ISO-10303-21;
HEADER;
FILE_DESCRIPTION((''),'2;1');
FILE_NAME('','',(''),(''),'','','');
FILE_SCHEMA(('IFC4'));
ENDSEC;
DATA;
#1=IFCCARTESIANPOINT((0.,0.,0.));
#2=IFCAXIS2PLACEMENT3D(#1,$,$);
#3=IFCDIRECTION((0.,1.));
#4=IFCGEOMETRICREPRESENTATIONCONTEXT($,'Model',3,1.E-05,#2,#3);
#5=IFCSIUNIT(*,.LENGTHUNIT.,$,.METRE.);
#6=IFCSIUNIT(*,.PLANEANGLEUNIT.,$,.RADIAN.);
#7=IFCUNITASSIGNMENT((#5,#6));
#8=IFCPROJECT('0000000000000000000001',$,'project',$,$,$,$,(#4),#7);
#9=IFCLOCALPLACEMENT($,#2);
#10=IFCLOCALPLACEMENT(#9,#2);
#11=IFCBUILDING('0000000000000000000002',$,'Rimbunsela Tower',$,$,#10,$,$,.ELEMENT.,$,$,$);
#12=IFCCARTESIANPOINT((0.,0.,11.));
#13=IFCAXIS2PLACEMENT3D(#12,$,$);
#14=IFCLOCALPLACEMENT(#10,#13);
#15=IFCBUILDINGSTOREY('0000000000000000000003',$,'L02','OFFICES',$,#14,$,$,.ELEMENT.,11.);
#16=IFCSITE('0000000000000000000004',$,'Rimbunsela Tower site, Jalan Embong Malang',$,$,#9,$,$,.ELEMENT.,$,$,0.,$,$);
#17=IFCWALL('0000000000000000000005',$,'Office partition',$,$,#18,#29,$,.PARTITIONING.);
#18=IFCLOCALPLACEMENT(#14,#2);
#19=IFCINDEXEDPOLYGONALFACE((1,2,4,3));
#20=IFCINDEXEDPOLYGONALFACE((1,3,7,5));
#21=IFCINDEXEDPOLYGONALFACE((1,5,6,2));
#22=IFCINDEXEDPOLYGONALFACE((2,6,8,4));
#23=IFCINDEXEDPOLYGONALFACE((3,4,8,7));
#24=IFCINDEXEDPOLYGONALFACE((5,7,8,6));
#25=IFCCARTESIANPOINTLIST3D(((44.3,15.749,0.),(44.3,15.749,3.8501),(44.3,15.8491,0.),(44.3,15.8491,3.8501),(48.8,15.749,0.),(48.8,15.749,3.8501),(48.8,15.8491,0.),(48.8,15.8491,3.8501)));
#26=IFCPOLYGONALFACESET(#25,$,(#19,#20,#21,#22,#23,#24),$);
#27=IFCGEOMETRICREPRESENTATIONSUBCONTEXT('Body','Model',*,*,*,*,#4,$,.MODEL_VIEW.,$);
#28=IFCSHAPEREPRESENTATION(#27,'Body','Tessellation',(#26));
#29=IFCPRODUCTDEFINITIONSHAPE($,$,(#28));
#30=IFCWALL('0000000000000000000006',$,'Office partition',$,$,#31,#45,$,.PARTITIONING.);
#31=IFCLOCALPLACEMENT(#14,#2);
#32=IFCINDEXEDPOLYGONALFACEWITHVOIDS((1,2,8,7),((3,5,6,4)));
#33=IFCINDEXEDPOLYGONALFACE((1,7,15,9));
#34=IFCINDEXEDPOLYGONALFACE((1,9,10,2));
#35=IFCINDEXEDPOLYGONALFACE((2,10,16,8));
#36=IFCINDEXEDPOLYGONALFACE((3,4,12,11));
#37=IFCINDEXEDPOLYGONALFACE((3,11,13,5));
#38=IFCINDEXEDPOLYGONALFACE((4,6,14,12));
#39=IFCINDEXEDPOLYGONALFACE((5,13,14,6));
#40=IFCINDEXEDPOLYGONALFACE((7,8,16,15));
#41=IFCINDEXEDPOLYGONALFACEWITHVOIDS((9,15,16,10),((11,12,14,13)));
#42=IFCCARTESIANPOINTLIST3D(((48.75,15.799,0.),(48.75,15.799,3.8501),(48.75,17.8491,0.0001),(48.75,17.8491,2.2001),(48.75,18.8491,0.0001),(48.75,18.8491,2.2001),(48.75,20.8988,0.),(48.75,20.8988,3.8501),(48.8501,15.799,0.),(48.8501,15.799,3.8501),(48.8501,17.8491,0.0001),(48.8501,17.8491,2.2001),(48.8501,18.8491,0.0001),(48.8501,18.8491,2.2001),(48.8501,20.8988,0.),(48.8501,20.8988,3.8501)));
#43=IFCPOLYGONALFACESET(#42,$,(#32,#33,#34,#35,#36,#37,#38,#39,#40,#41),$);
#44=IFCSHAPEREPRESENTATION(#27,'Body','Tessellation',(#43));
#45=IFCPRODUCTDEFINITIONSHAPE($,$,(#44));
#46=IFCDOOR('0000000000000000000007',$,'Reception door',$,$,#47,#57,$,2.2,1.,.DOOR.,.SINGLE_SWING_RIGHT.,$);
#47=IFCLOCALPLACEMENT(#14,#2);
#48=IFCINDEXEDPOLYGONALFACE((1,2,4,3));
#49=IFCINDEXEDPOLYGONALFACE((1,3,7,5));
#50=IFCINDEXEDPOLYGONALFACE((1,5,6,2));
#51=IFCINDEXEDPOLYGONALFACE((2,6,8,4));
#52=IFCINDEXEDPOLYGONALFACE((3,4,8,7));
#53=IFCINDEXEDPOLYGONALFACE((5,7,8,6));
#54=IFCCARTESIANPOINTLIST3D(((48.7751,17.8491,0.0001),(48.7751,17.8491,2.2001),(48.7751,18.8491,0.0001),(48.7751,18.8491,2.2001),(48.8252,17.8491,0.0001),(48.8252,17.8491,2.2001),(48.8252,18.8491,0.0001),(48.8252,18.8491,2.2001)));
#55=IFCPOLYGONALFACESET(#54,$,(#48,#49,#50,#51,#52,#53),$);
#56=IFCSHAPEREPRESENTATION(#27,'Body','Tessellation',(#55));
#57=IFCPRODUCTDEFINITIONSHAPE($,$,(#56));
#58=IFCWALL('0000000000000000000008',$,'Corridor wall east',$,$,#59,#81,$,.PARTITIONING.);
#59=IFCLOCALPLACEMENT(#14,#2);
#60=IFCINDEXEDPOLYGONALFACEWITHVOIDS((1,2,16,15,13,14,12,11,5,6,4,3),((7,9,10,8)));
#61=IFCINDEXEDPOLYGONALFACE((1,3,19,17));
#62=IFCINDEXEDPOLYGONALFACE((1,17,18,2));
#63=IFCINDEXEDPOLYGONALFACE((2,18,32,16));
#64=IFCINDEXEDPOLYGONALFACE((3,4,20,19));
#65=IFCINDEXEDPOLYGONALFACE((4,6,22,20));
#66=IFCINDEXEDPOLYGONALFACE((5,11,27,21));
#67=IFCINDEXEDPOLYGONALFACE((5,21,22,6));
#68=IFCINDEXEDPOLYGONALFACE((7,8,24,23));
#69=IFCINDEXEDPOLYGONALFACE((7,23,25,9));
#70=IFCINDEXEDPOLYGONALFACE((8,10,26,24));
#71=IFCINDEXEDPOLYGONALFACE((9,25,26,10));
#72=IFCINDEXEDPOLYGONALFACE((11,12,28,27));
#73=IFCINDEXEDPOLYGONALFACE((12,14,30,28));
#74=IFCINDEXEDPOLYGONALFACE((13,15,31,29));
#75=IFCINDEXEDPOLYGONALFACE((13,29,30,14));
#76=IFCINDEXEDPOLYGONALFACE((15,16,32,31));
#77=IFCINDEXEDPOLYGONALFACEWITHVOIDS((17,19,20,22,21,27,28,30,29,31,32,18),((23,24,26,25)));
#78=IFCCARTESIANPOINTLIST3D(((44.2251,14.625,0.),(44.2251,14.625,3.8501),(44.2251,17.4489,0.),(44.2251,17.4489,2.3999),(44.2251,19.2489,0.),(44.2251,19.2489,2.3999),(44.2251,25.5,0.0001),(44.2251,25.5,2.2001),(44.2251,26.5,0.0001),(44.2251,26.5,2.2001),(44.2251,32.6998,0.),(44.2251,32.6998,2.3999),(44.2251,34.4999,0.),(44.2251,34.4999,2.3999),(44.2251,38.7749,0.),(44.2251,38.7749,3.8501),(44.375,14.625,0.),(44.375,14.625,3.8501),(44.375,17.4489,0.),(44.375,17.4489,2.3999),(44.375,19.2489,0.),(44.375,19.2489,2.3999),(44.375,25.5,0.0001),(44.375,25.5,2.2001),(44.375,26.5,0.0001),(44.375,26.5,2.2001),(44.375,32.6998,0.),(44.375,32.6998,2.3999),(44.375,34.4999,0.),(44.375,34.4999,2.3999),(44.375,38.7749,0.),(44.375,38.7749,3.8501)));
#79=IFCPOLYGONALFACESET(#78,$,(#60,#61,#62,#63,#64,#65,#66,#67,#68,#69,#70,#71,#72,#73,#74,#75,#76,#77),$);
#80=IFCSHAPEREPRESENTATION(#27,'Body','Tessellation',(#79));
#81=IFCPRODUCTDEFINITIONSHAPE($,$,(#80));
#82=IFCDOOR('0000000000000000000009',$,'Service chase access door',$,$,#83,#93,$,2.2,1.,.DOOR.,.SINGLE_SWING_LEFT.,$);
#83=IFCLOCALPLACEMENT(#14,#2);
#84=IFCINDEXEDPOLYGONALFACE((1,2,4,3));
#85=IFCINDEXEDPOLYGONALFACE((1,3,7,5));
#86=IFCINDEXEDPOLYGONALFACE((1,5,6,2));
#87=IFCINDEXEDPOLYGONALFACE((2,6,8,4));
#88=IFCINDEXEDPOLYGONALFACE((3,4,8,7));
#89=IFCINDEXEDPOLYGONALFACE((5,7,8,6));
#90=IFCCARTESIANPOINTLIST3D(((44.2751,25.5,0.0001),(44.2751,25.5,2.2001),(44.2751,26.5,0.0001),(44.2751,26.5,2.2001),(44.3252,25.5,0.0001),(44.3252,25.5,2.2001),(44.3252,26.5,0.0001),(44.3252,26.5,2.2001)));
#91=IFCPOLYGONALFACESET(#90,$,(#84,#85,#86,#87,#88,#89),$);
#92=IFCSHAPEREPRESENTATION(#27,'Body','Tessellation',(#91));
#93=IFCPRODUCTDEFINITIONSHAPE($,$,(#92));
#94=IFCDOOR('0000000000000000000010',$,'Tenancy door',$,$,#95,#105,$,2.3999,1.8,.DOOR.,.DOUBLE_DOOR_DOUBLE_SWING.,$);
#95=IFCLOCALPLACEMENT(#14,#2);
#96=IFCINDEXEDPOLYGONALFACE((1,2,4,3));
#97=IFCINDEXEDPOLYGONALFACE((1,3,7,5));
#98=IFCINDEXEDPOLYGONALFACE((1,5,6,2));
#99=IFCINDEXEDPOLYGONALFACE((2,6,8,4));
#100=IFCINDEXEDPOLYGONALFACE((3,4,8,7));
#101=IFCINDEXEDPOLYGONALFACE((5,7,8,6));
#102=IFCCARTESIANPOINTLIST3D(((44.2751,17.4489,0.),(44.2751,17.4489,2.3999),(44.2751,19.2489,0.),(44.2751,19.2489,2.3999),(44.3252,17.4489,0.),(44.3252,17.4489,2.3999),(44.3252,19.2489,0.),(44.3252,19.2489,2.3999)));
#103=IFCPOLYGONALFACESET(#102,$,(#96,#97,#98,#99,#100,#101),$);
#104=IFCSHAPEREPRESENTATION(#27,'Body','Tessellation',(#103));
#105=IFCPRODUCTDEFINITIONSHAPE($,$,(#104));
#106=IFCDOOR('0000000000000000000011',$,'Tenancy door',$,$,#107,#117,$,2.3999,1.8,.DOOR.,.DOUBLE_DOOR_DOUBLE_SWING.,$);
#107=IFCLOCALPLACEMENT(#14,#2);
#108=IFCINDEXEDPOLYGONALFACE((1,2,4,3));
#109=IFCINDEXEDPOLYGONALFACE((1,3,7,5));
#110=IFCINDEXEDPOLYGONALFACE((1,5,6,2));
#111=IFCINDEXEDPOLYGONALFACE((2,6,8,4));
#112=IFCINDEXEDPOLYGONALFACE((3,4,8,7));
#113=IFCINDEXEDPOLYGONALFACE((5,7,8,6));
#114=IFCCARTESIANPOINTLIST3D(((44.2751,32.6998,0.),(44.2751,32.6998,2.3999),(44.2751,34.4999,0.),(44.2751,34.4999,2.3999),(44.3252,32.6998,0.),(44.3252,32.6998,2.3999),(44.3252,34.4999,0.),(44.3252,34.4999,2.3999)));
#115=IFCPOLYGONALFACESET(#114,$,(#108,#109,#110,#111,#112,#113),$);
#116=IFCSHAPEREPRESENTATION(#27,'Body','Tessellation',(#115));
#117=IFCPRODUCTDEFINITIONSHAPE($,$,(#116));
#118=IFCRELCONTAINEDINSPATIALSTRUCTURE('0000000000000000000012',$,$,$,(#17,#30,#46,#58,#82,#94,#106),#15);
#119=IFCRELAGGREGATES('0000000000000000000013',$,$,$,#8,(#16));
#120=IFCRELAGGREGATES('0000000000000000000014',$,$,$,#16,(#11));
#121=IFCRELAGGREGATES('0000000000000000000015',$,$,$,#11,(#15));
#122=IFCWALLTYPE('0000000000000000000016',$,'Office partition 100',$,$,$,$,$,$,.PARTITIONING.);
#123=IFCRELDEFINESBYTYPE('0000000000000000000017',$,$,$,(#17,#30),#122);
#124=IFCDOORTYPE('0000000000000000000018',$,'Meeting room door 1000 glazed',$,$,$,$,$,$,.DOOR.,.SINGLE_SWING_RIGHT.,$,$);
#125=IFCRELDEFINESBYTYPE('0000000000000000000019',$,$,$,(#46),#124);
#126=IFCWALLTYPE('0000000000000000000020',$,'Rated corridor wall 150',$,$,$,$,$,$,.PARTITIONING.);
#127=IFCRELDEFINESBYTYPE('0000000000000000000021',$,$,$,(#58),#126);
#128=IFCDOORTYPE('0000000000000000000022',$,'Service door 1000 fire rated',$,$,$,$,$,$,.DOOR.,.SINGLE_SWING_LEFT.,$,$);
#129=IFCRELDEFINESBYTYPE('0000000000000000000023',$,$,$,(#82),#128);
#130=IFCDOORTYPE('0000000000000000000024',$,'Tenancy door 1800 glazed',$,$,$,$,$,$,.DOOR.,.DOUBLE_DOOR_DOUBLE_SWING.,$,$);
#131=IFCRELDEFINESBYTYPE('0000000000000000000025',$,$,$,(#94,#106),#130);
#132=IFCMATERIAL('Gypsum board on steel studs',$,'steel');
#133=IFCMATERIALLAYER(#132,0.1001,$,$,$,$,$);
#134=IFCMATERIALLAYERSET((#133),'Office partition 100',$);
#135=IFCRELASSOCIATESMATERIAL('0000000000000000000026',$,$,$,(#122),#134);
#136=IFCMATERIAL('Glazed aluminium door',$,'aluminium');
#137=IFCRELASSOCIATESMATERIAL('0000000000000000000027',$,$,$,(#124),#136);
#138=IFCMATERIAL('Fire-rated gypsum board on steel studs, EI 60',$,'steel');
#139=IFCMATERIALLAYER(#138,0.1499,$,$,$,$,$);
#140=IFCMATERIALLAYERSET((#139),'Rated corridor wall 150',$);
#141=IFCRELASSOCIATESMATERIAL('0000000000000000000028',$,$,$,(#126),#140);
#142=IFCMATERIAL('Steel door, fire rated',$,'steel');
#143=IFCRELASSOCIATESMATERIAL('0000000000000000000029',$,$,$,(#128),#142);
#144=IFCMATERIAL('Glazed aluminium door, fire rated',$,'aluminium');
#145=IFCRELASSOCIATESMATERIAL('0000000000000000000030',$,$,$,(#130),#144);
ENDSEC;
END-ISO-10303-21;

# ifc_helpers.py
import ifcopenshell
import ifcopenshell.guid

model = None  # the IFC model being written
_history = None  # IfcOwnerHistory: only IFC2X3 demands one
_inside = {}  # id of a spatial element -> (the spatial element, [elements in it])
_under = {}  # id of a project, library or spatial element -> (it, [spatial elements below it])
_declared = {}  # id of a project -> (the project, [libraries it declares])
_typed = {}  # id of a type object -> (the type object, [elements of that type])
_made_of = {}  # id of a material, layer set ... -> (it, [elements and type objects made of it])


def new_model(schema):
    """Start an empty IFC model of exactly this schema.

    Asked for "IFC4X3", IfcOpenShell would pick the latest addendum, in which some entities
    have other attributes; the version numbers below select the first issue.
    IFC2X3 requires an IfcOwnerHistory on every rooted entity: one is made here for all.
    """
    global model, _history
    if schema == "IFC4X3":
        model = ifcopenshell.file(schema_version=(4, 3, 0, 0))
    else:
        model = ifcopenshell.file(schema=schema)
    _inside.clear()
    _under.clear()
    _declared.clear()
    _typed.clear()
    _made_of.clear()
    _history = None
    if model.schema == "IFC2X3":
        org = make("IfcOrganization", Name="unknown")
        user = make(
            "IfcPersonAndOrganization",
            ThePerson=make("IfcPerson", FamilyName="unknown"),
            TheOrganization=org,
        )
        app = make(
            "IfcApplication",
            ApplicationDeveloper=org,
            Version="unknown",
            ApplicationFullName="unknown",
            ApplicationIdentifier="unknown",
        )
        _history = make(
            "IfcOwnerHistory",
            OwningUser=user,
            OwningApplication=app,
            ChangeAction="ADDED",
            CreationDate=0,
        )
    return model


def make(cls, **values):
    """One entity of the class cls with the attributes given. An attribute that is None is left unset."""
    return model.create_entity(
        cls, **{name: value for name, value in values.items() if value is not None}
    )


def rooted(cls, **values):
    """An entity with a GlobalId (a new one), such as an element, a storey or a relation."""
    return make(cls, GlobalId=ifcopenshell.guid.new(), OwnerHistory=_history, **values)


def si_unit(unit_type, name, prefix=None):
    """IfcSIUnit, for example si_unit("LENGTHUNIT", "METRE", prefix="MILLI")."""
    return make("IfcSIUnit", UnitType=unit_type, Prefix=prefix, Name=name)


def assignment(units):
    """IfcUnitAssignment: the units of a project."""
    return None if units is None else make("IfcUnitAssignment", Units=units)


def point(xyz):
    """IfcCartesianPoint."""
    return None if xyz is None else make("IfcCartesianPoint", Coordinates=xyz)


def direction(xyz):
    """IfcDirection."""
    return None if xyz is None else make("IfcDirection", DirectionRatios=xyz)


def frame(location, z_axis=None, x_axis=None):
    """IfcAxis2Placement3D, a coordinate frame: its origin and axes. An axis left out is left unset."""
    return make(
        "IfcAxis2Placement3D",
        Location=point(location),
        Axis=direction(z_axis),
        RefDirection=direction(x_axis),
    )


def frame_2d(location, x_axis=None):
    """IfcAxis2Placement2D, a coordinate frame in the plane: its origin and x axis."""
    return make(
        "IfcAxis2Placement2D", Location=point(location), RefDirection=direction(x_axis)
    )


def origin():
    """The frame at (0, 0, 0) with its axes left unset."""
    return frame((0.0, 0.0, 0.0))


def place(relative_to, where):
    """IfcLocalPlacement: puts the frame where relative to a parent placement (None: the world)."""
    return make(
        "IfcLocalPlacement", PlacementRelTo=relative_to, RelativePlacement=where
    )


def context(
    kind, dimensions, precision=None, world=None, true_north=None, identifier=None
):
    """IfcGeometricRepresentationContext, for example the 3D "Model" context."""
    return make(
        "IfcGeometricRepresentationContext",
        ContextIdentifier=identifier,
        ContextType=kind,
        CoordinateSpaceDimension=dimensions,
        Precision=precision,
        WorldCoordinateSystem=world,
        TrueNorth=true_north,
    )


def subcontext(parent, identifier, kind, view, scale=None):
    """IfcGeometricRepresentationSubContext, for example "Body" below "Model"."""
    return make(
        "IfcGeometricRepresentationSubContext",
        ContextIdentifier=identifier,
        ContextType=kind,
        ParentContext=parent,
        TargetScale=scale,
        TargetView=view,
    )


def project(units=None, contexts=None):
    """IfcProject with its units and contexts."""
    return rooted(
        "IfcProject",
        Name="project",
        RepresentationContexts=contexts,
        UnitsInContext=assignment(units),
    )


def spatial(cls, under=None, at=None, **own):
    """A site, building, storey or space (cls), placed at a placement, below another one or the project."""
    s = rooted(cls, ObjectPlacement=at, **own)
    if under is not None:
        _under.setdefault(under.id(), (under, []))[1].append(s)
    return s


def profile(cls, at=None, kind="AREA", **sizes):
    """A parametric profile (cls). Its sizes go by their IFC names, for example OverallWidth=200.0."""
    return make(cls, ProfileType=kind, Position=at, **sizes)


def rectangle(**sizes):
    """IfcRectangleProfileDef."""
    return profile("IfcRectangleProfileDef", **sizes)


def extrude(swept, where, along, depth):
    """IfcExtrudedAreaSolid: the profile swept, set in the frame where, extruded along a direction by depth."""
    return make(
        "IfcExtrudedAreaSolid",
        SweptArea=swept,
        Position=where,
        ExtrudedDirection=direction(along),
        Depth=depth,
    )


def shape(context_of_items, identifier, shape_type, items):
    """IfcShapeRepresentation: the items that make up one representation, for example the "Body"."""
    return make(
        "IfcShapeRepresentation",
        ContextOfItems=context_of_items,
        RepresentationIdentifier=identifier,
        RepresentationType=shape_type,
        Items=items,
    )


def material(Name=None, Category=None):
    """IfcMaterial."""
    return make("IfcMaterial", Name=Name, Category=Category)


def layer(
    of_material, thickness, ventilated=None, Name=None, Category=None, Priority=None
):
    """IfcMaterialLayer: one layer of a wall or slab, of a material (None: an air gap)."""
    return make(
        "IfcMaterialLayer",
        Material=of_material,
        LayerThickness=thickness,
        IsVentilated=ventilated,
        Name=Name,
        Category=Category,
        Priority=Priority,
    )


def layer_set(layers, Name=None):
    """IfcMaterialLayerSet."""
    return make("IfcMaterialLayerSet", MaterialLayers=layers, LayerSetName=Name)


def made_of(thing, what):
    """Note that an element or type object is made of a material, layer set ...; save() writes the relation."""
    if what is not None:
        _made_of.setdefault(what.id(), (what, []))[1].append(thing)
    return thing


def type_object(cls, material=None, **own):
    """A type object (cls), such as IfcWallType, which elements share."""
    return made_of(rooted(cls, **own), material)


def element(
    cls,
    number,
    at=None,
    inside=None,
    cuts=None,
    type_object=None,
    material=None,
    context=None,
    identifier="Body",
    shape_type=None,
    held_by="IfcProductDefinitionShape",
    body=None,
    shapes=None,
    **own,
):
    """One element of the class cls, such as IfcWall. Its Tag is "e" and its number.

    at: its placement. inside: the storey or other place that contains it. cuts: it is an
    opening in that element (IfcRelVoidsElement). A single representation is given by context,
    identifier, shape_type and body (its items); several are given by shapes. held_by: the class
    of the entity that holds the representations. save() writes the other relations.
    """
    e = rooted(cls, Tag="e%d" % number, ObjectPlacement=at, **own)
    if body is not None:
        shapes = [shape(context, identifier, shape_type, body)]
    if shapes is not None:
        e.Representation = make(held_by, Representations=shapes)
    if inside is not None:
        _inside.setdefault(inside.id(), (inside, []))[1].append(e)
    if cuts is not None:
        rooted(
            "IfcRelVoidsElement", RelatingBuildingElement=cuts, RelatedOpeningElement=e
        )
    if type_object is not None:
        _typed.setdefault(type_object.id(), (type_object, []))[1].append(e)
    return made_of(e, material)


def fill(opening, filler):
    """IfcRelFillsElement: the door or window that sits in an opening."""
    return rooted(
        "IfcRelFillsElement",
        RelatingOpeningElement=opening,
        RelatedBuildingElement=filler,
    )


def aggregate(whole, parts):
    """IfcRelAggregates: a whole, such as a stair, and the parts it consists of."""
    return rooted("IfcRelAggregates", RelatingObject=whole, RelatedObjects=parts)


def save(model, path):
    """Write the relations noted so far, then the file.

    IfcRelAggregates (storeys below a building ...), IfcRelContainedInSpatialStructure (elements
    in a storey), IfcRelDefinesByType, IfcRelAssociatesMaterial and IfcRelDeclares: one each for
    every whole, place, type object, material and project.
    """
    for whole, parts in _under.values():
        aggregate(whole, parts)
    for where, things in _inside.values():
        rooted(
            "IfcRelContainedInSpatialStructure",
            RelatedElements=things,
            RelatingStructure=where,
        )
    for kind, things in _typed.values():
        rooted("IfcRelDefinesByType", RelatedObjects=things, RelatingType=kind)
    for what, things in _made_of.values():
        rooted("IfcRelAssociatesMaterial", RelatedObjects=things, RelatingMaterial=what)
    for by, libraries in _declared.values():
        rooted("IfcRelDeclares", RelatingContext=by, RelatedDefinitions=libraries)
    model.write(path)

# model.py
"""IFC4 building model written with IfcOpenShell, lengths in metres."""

from ifc_helpers import new_model, si_unit, direction, frame, frame_2d, origin, place, context, subcontext, project, spatial, rectangle, extrude, material, layer, layer_set, type_object, element, fill, save


model = new_model("IFC4")

# Units and contexts
model_context = context("Model", 3, precision=1e-05, world=origin(), true_north=direction((0.0, 1.0)))
body_context = subcontext(model_context, "Body", "Model", "MODEL_VIEW")
ifc_project = project(units=[si_unit("LENGTHUNIT", "METRE"), si_unit("PLANEANGLEUNIT", "RADIAN")], contexts=[model_context])

# Site, building, storey
site_placement = place(None, origin())
site = spatial("IfcSite", under=ifc_project, at=site_placement, Name="Rimbunsela Tower site, Jalan Embong Malang", CompositionType="ELEMENT", RefElevation=0.0)
building_placement = place(site_placement, origin())
building = spatial("IfcBuilding", under=site, at=building_placement, Name="Rimbunsela Tower", CompositionType="ELEMENT")
storey_placement = place(building_placement, frame((0.0, 0.0, 11.0)))
storey = spatial("IfcBuildingStorey", under=building, at=storey_placement, Name="L02", Description="OFFICES", CompositionType="ELEMENT", Elevation=11.0)

# Wall
ifc_material_1 = material(Name="Gypsum board on steel studs", Category="steel")
ifc_layer_1 = layer(ifc_material_1, 0.1001)
ifc_layer_set_1 = layer_set([ifc_layer_1], Name="Office partition 100")
wall_type_1 = type_object("IfcWallType", Name="Office partition 100", PredefinedType="PARTITIONING", material=ifc_layer_set_1)
wall_1_placement = place(storey_placement, frame((44.3, 15.7991, 0.0), z_axis=(0.0, 0.0, 1.0), x_axis=(1.0, 0.0, 0.0)))
element("IfcWall", 1, at=wall_1_placement, inside=storey, type_object=wall_type_1, Name="Office partition", PredefinedType="PARTITIONING", context=body_context, shape_type="SweptSolid", body=[
    extrude(rectangle(XDim=4.5, YDim=0.1001, at=frame_2d((2.25, 0.0))), origin(), (0.0, 0.0, 1.0), 3.8501),
])

# Wall, opening, door
wall_2_placement = place(storey_placement, frame((48.8, 15.7991, 0.0), z_axis=(0.0, 0.0, 1.0), x_axis=(0.0, 1.0, 0.0)))
wall_2 = element("IfcWall", 2, at=wall_2_placement, inside=storey, type_object=wall_type_1, Name="Office partition", PredefinedType="PARTITIONING", context=body_context, shape_type="SweptSolid", body=[
    extrude(rectangle(XDim=5.0999, YDim=0.1001, at=frame_2d((2.5498, 0.0))), origin(), (0.0, 0.0, 1.0), 3.8501),
])
opening_1_placement = place(wall_2_placement, frame((2.05, 0.0, 0.0)))
opening_1 = element("IfcOpeningElement", 3, at=opening_1_placement, cuts=wall_2, PredefinedType="OPENING", context=body_context, shape_type="SweptSolid", body=[
    extrude(rectangle(XDim=1.0, YDim=2.2, at=frame_2d((0.5, 1.1001))), frame((0.0, 0.0601, 0.0), z_axis=(0.0, -1.0, 0.0), x_axis=(1.0, 0.0, 0.0)), (0.0, 0.0, 1.0), 0.1201),
])
ifc_material_2 = material(Name="Glazed aluminium door", Category="aluminium")
door_type_1 = type_object("IfcDoorType", Name="Meeting room door 1000 glazed", OperationType="SINGLE_SWING_RIGHT", PredefinedType="DOOR", material=ifc_material_2)
door_1_placement = place(opening_1_placement, origin())
door_1 = element("IfcDoor", 4, at=door_1_placement, inside=storey, type_object=door_type_1, Name="Reception door", OperationType="SINGLE_SWING_RIGHT", OverallHeight=2.2, OverallWidth=1.0, PredefinedType="DOOR", context=body_context, shape_type="SweptSolid", body=[
    extrude(rectangle(XDim=1.0, YDim=2.2, at=frame_2d((0.5, 1.1001))), frame((0.0, 0.0249, 0.0), z_axis=(0.0, -1.0, 0.0), x_axis=(1.0, 0.0, 0.0)), (0.0, 0.0, 1.0), 0.05),
])
fill(opening_1, door_1)

# Wall, openings, doors
ifc_material_3 = material(Name="Fire-rated gypsum board on steel studs, EI 60", Category="steel")
ifc_layer_2 = layer(ifc_material_3, 0.1499)
ifc_layer_set_2 = layer_set([ifc_layer_2], Name="Rated corridor wall 150")
wall_type_2 = type_object("IfcWallType", Name="Rated corridor wall 150", PredefinedType="PARTITIONING", material=ifc_layer_set_2)
wall_3_placement = place(storey_placement, frame((44.3, 14.625, 0.0), z_axis=(0.0, 0.0, 1.0), x_axis=(0.0, 1.0, 0.0)))
wall_3 = element("IfcWall", 5, at=wall_3_placement, inside=storey, type_object=wall_type_2, Name="Corridor wall east", PredefinedType="PARTITIONING", context=body_context, shape_type="SweptSolid", body=[
    extrude(rectangle(XDim=24.1499, YDim=0.1499, at=frame_2d((12.075, 0.0))), origin(), (0.0, 0.0, 1.0), 3.8501),
])
opening_2_placement = place(wall_3_placement, frame((2.824, 0.0, 0.0)))
opening_2 = element("IfcOpeningElement", 6, at=opening_2_placement, cuts=wall_3, PredefinedType="OPENING", context=body_context, shape_type="SweptSolid", body=[
    extrude(rectangle(XDim=1.8, YDim=2.3999, at=frame_2d((0.8999, 1.2))), frame((0.0, 0.085, 0.0), z_axis=(0.0, -1.0, 0.0), x_axis=(1.0, 0.0, 0.0)), (0.0, 0.0, 1.0), 0.1699),
])
opening_3_placement = place(wall_3_placement, frame((18.075, 0.0, 0.0)))
opening_3 = element("IfcOpeningElement", 7, at=opening_3_placement, cuts=wall_3, PredefinedType="OPENING", context=body_context, shape_type="SweptSolid", body=[
    extrude(rectangle(XDim=1.8, YDim=2.3999, at=frame_2d((0.8999, 1.2))), frame((0.0, 0.085, 0.0), z_axis=(0.0, -1.0, 0.0), x_axis=(1.0, 0.0, 0.0)), (0.0, 0.0, 1.0), 0.1699),
])
opening_4_placement = place(wall_3_placement, frame((10.875, 0.0, 0.0)))
opening_4 = element("IfcOpeningElement", 8, at=opening_4_placement, cuts=wall_3, PredefinedType="OPENING", context=body_context, shape_type="SweptSolid", body=[
    extrude(rectangle(XDim=1.0, YDim=2.2, at=frame_2d((0.5, 1.1001))), frame((0.0, 0.085, 0.0), z_axis=(0.0, -1.0, 0.0), x_axis=(1.0, 0.0, 0.0)), (0.0, 0.0, 1.0), 0.1699),
])
ifc_material_4 = material(Name="Steel door, fire rated", Category="steel")
door_type_2 = type_object("IfcDoorType", Name="Service door 1000 fire rated", OperationType="SINGLE_SWING_LEFT", PredefinedType="DOOR", material=ifc_material_4)
door_2_placement = place(opening_4_placement, origin())
door_2 = element("IfcDoor", 9, at=door_2_placement, inside=storey, type_object=door_type_2, Name="Service chase access door", OperationType="SINGLE_SWING_LEFT", OverallHeight=2.2, OverallWidth=1.0, PredefinedType="DOOR", context=body_context, shape_type="SweptSolid", body=[
    extrude(rectangle(XDim=1.0, YDim=2.2, at=frame_2d((0.5, 1.1001))), frame((0.0, 0.0249, 0.0), z_axis=(0.0, -1.0, 0.0), x_axis=(1.0, 0.0, 0.0)), (0.0, 0.0, 1.0), 0.05),
])
fill(opening_4, door_2)
ifc_material_5 = material(Name="Glazed aluminium door, fire rated", Category="aluminium")
door_type_3 = type_object("IfcDoorType", Name="Tenancy door 1800 glazed", OperationType="DOUBLE_DOOR_DOUBLE_SWING", PredefinedType="DOOR", material=ifc_material_5)
door_3_placement = place(opening_2_placement, origin())
door_3 = element("IfcDoor", 10, at=door_3_placement, inside=storey, type_object=door_type_3, Name="Tenancy door", OperationType="DOUBLE_DOOR_DOUBLE_SWING", OverallHeight=2.3999, OverallWidth=1.8, PredefinedType="DOOR", context=body_context, shape_type="SweptSolid", body=[
    extrude(rectangle(XDim=1.8, YDim=2.3999, at=frame_2d((0.8999, 1.2))), frame((0.0, 0.0249, 0.0), z_axis=(0.0, -1.0, 0.0), x_axis=(1.0, 0.0, 0.0)), (0.0, 0.0, 1.0), 0.05),
])
fill(opening_2, door_3)
door_4_placement = place(opening_3_placement, origin())
door_4 = element("IfcDoor", 11, at=door_4_placement, inside=storey, type_object=door_type_3, Name="Tenancy door", OperationType="DOUBLE_DOOR_DOUBLE_SWING", OverallHeight=2.3999, OverallWidth=1.8, PredefinedType="DOOR", context=body_context, shape_type="SweptSolid", body=[
    extrude(rectangle(XDim=1.8, YDim=2.3999, at=frame_2d((0.8999, 1.2))), frame((0.0, 0.0249, 0.0), z_axis=(0.0, -1.0, 0.0), x_axis=(1.0, 0.0, 0.0)), (0.0, 0.0, 1.0), 0.05),
])
fill(opening_3, door_4)

save(model, "model.ifc")
